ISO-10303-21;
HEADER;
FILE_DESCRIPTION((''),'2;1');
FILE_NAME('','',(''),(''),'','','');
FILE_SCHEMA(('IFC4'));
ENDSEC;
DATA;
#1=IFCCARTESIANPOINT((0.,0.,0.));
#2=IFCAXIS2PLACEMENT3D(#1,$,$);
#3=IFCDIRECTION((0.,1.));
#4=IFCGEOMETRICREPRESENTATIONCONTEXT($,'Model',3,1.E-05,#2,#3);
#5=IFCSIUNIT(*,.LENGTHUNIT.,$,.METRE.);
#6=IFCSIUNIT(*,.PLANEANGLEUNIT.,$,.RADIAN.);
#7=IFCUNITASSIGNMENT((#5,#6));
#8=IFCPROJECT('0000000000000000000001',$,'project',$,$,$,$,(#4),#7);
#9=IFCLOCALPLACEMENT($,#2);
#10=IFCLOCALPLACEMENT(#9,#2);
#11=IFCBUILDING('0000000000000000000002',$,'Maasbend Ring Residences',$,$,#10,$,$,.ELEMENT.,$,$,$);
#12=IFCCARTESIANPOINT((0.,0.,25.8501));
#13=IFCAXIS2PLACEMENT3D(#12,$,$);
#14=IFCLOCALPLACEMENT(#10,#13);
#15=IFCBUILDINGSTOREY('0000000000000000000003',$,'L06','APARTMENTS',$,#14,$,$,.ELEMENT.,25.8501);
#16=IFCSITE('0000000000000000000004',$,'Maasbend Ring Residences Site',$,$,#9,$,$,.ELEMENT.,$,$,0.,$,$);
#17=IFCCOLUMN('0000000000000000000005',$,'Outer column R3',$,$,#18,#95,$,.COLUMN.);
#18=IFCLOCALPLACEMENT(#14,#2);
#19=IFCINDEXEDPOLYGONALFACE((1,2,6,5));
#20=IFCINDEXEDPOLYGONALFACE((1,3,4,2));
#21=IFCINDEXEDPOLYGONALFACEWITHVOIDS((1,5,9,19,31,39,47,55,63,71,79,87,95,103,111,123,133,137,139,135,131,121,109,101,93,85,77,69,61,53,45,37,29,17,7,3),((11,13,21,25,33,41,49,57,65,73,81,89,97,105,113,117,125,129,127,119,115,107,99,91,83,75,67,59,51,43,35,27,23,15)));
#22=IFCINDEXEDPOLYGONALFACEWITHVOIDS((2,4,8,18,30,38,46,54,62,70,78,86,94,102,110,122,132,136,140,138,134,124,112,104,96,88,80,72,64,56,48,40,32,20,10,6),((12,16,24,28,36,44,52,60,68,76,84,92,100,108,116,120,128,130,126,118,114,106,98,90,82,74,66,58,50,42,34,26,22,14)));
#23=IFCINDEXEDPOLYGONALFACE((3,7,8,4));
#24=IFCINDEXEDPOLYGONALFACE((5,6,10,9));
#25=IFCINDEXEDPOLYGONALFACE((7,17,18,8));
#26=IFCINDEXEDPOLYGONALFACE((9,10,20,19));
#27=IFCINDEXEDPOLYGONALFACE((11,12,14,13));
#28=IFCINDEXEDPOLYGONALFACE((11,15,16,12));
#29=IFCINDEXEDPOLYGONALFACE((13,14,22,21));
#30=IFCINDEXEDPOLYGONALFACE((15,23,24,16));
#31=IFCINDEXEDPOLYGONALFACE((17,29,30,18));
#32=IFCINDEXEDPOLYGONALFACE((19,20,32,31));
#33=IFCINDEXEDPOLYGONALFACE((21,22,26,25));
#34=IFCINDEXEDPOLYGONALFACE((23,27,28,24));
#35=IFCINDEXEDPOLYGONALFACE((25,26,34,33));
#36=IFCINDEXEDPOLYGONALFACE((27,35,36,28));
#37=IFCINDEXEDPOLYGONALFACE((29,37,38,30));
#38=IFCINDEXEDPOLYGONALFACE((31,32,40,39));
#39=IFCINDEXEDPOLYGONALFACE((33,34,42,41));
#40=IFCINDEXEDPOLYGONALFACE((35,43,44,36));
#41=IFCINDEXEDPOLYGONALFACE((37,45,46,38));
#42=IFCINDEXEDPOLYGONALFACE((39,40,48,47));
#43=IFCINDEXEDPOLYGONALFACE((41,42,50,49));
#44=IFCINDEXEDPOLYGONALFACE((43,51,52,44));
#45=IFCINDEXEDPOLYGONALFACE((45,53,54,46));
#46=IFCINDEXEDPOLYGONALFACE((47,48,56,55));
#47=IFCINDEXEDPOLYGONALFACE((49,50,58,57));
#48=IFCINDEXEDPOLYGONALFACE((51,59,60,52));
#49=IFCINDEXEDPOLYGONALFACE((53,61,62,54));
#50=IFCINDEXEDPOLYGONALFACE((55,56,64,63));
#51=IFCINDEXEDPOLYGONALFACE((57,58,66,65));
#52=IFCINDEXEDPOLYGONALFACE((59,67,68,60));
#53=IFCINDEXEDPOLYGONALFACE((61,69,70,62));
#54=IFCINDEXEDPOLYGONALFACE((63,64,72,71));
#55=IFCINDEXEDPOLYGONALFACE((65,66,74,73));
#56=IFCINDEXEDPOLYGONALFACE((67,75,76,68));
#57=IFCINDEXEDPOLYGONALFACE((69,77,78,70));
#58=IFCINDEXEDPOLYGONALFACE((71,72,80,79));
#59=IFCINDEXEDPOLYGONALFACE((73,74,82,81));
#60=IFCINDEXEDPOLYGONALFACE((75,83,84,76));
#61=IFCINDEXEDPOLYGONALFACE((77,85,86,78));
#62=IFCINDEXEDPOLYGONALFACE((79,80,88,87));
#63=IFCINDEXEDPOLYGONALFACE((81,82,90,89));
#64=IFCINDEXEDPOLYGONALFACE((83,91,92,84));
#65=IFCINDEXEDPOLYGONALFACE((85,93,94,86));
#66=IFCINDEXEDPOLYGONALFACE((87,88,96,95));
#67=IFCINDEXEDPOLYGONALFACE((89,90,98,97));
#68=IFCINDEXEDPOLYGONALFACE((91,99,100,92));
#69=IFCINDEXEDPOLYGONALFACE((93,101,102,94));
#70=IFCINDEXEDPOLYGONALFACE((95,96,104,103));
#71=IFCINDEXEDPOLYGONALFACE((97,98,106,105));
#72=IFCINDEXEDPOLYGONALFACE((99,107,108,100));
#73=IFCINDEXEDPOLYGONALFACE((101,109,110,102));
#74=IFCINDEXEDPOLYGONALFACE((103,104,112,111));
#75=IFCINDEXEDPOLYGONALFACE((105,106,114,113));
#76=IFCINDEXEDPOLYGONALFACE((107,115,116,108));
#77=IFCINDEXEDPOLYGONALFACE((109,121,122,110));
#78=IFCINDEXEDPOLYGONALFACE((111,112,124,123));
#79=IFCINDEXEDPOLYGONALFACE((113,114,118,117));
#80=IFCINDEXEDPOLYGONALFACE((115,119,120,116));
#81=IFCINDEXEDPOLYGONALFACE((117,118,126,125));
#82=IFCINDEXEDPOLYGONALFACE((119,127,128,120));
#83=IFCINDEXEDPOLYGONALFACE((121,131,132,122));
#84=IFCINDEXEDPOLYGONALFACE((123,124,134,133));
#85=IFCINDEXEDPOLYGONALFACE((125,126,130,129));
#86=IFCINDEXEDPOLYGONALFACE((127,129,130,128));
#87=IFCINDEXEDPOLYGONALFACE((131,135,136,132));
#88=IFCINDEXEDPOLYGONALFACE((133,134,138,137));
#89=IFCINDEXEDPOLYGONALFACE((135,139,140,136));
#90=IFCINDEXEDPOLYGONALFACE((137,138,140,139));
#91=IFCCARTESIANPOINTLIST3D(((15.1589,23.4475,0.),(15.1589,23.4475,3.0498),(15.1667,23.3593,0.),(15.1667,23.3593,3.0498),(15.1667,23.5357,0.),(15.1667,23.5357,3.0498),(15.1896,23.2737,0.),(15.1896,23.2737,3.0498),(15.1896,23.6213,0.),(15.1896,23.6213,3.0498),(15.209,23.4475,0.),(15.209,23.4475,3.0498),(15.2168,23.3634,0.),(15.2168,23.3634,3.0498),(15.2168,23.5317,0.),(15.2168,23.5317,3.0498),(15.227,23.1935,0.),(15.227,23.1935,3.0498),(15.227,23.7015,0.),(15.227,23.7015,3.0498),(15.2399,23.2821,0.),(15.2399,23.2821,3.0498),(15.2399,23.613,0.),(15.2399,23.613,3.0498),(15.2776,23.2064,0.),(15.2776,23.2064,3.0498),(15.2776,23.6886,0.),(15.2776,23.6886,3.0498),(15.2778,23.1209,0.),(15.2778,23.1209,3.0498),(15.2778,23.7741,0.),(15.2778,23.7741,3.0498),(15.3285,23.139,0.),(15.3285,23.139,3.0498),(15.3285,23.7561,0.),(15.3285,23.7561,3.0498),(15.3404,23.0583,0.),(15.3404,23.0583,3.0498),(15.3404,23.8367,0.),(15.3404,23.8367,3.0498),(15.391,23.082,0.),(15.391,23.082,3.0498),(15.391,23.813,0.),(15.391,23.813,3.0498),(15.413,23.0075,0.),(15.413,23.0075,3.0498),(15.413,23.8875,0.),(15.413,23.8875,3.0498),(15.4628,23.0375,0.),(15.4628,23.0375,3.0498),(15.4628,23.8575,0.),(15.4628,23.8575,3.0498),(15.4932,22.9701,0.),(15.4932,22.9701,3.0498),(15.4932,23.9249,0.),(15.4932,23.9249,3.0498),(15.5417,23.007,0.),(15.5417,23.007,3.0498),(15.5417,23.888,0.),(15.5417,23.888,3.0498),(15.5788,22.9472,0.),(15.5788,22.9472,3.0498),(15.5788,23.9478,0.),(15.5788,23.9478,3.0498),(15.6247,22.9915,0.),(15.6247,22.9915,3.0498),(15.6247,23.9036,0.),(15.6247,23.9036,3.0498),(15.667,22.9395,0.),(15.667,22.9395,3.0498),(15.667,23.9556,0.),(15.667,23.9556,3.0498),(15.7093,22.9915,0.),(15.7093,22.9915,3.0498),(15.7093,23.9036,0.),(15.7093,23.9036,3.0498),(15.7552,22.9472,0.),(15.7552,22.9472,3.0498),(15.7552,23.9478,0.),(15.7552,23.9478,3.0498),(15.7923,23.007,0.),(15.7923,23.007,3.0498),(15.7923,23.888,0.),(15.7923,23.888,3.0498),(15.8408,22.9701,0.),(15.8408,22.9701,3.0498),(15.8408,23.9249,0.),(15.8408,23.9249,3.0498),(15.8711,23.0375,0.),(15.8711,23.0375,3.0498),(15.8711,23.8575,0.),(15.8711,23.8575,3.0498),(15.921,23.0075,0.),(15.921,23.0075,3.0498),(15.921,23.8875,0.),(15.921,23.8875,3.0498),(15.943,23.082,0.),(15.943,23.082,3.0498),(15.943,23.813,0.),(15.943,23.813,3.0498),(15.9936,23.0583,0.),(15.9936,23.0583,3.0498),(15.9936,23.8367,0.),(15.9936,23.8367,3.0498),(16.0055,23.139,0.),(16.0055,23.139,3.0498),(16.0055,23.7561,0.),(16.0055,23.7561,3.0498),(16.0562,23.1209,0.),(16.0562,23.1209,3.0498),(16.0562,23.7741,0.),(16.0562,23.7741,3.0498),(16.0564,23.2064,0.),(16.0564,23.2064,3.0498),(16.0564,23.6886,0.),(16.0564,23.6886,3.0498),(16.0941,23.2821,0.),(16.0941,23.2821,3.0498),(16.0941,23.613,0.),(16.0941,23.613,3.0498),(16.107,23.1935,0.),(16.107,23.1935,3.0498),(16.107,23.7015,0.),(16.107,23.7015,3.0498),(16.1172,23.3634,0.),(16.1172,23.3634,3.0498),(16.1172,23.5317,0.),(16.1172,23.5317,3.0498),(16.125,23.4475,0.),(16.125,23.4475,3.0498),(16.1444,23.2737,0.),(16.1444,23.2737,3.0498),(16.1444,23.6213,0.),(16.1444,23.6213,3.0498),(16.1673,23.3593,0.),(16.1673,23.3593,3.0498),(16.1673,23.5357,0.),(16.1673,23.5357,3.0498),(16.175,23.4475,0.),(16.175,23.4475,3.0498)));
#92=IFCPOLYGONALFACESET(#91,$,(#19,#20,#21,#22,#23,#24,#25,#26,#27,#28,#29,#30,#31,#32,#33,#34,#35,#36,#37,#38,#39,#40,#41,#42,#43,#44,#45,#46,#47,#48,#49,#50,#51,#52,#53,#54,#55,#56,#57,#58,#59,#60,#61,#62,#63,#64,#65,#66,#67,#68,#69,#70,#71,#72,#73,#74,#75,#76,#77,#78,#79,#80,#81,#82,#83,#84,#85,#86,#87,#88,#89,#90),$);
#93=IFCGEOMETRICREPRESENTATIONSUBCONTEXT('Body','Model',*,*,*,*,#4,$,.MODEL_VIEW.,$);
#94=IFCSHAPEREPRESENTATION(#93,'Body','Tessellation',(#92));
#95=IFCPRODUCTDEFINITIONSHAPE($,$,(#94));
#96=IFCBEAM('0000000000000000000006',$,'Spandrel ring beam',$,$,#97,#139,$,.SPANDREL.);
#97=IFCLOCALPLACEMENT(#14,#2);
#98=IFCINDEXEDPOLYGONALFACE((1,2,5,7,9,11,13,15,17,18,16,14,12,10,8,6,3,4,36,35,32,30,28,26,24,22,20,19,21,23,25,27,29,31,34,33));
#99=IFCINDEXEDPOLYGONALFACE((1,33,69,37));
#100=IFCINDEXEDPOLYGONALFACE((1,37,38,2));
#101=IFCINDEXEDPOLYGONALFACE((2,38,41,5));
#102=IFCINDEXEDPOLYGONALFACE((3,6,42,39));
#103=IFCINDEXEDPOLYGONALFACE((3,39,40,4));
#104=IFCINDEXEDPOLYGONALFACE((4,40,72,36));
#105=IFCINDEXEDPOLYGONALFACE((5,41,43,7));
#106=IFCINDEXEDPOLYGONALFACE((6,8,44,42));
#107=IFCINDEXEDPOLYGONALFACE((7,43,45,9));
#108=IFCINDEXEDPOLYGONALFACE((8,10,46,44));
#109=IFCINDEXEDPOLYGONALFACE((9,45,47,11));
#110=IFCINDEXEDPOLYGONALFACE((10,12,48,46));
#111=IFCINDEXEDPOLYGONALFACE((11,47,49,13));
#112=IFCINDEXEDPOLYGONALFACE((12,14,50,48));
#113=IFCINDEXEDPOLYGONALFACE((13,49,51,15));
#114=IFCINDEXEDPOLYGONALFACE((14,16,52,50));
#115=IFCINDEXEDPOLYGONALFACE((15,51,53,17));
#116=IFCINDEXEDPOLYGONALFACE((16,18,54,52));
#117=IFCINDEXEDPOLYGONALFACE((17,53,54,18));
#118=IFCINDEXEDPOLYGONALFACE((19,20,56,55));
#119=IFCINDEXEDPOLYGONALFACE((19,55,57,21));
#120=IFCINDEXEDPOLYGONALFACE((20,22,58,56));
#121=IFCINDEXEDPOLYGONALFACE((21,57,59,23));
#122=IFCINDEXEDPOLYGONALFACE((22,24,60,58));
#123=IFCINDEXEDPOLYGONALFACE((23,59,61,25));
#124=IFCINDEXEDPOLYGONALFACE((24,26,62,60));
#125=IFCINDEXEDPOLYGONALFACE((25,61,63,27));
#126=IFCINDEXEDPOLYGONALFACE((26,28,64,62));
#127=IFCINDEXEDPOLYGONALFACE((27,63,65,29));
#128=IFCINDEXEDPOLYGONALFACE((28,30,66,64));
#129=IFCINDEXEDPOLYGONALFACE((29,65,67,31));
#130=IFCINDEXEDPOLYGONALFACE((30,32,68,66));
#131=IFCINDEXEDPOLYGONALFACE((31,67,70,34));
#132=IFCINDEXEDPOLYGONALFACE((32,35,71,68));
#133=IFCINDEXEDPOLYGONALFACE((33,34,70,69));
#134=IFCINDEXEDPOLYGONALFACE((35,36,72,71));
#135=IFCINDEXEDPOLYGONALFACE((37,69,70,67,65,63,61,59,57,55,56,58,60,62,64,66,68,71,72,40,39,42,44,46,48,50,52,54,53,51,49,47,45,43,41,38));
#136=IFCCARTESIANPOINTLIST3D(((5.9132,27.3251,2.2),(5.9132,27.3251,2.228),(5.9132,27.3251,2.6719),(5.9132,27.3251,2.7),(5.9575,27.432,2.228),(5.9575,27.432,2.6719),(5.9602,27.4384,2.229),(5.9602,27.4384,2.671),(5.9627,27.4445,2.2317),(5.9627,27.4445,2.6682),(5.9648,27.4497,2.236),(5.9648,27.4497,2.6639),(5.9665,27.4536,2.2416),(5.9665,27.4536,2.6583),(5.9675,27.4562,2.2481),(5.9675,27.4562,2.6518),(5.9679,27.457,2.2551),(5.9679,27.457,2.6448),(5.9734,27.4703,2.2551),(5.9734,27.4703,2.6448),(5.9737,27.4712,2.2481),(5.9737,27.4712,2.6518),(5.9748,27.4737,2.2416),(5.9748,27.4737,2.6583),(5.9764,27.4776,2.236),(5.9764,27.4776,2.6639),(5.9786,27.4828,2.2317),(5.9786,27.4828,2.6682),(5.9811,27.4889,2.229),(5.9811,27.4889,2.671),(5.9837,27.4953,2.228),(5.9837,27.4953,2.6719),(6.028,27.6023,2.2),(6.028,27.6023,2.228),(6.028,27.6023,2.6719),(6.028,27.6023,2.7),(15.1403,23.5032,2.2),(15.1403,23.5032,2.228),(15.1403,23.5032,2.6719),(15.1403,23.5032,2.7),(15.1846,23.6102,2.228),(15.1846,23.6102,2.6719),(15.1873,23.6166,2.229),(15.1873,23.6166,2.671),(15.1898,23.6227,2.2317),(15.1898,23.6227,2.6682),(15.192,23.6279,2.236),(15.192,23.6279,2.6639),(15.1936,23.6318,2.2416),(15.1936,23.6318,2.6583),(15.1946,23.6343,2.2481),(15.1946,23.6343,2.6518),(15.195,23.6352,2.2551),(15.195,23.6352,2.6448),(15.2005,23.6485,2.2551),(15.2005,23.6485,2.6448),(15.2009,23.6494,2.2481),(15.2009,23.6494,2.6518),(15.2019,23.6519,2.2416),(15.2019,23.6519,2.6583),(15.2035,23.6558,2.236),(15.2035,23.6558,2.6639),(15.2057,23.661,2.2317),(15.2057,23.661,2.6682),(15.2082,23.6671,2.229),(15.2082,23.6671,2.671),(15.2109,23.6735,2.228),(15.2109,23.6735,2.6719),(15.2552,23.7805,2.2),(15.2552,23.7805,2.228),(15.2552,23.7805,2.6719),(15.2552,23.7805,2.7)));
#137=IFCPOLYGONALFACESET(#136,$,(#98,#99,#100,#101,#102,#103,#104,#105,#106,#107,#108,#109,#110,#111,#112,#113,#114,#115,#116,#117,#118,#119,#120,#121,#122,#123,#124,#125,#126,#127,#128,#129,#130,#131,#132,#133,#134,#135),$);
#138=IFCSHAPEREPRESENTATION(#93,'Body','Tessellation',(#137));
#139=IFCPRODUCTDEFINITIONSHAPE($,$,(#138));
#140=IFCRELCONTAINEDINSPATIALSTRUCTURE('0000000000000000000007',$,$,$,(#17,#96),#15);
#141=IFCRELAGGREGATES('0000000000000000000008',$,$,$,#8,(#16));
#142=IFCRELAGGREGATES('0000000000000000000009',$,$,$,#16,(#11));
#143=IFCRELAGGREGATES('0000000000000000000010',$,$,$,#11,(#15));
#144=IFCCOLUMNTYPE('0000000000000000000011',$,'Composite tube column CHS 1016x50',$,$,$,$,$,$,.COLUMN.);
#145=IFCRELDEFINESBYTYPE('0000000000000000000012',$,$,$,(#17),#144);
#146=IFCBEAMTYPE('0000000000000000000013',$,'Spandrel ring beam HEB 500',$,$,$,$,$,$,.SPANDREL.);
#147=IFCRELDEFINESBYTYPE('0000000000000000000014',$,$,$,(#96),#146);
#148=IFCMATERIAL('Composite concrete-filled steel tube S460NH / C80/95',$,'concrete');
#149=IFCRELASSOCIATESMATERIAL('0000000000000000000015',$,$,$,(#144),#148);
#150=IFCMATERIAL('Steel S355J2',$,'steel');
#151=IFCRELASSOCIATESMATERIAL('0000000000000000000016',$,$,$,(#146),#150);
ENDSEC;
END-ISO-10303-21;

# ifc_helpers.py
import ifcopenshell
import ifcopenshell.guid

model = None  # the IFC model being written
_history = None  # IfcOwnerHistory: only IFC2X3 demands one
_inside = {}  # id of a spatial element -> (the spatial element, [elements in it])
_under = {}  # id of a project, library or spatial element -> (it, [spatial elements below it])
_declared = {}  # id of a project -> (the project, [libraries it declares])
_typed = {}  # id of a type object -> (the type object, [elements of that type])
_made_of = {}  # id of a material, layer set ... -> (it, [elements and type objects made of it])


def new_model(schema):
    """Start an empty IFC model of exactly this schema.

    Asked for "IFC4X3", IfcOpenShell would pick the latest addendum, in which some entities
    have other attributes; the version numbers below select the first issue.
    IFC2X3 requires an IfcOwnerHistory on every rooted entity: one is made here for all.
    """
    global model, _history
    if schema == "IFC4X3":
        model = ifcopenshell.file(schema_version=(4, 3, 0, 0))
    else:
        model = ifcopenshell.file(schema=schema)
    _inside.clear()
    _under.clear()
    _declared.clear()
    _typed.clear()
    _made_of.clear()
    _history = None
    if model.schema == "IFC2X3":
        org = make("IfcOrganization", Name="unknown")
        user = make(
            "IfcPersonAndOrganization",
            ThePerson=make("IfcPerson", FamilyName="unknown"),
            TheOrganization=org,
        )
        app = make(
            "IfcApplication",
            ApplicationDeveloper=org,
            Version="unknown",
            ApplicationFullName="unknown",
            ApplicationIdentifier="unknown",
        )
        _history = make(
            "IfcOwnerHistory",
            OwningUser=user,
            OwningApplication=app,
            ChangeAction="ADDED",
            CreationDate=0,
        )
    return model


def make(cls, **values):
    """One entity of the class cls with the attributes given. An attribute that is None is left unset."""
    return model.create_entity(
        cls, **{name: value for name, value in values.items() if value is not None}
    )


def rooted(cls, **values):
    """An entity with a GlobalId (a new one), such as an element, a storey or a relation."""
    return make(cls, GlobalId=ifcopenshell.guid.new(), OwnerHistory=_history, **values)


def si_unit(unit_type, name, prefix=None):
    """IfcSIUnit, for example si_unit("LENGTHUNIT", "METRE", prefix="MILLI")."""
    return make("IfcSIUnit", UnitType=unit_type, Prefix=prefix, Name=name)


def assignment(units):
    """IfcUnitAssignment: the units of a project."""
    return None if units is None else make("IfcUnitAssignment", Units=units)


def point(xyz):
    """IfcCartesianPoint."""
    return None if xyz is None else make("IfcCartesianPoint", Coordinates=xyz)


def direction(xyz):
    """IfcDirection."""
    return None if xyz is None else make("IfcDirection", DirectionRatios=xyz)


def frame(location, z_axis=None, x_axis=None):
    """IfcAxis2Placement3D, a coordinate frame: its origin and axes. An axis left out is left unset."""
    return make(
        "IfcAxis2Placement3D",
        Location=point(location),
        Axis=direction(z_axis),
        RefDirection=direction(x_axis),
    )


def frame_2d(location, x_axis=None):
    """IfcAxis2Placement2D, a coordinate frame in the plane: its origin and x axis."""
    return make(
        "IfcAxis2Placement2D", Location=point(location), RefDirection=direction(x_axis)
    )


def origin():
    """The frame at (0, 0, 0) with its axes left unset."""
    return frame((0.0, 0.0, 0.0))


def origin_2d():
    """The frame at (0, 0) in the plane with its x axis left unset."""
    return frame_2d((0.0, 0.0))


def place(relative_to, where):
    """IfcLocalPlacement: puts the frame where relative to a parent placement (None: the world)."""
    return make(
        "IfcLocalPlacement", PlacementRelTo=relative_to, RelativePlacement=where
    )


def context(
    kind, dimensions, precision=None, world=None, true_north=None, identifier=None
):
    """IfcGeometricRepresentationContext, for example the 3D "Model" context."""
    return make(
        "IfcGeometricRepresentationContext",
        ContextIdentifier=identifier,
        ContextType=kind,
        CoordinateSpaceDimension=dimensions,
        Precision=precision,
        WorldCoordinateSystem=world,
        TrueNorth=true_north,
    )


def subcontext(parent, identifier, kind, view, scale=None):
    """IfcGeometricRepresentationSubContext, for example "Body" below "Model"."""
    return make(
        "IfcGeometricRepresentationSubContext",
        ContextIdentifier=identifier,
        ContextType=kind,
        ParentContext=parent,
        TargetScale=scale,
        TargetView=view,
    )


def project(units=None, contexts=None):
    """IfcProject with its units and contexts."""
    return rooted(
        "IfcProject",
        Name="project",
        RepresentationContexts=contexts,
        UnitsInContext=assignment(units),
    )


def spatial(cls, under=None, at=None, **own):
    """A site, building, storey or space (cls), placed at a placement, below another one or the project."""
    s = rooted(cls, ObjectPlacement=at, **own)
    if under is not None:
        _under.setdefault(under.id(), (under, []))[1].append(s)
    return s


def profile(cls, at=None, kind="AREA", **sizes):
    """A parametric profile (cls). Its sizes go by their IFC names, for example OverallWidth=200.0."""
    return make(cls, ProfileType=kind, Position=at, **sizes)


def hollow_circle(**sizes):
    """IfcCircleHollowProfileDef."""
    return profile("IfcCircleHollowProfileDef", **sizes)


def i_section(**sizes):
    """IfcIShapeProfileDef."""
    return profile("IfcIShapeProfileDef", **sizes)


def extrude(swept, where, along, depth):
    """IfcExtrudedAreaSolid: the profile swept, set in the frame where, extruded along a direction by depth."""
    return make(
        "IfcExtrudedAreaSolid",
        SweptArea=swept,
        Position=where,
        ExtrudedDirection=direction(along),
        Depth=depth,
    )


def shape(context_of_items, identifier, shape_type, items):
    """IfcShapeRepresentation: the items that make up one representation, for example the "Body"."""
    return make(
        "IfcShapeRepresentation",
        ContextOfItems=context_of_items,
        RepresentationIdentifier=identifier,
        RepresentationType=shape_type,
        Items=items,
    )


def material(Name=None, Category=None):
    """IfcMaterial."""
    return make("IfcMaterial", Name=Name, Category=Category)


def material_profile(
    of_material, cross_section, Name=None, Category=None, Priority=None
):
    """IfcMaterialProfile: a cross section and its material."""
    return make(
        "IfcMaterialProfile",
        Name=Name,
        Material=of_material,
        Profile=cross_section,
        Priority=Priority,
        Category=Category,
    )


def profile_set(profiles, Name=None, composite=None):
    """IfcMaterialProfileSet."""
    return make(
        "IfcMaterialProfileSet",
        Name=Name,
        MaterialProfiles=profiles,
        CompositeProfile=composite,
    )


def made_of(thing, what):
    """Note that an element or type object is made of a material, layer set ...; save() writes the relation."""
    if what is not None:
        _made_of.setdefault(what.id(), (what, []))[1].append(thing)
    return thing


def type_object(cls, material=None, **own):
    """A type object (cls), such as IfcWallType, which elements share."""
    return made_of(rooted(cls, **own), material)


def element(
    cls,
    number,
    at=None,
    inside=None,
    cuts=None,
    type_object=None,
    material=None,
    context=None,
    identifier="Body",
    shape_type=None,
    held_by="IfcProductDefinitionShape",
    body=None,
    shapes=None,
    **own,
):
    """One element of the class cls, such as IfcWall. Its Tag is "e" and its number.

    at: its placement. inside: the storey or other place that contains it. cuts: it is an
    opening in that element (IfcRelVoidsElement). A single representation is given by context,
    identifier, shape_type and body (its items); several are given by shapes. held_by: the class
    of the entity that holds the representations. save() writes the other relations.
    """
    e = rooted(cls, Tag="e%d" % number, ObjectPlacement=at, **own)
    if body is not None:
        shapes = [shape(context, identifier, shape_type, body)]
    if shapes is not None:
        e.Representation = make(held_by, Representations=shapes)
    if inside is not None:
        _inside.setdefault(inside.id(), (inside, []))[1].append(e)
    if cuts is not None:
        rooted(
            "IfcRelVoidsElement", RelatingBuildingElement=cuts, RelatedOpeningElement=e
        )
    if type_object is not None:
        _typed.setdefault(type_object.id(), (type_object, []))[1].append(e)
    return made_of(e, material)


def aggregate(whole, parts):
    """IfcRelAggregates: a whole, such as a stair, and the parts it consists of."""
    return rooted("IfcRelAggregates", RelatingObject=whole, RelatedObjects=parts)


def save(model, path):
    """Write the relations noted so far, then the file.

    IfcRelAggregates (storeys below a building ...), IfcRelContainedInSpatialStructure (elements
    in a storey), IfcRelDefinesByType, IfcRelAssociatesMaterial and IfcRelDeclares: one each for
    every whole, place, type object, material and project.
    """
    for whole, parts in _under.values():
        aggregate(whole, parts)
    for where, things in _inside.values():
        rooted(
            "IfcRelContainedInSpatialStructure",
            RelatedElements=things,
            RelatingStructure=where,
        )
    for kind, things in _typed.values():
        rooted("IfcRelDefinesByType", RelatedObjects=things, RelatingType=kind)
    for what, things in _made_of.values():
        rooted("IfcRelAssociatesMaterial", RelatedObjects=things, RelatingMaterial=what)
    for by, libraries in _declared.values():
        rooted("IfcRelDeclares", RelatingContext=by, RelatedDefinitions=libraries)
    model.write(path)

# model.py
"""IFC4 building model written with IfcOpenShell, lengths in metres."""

from ifc_helpers import new_model, si_unit, direction, frame, origin, origin_2d, place, context, subcontext, project, spatial, hollow_circle, i_section, extrude, material, material_profile, profile_set, type_object, element, save


model = new_model("IFC4")

# Units and contexts
model_context = context("Model", 3, precision=1e-05, world=origin(), true_north=direction((0.0, 1.0)))
body_context = subcontext(model_context, "Body", "Model", "MODEL_VIEW")
ifc_project = project(units=[si_unit("LENGTHUNIT", "METRE"), si_unit("PLANEANGLEUNIT", "RADIAN")], contexts=[model_context])

# Site, building, storey
site_placement = place(None, origin())
site = spatial("IfcSite", under=ifc_project, at=site_placement, Name="Maasbend Ring Residences Site", CompositionType="ELEMENT", RefElevation=0.0)
building_placement = place(site_placement, origin())
building = spatial("IfcBuilding", under=site, at=building_placement, Name="Maasbend Ring Residences", CompositionType="ELEMENT")
storey_placement = place(building_placement, frame((0.0, 0.0, 25.8501)))
storey = spatial("IfcBuildingStorey", under=building, at=storey_placement, Name="L06", Description="APARTMENTS", CompositionType="ELEMENT", Elevation=25.8501)

# Column
ifc_material_1 = material(Name="Composite concrete-filled steel tube S460NH / C80/95", Category="concrete")
ifc_material_profile_1 = material_profile(ifc_material_1, hollow_circle(Radius=0.5081, WallThickness=0.05, at=origin_2d()), Name="Composite tube column CHS 1016x50")
ifc_profile_set_1 = profile_set([ifc_material_profile_1], Name="Composite concrete-filled steel tube S460NH / C80/95")
column_type = type_object("IfcColumnType", Name="Composite tube column CHS 1016x50", PredefinedType="COLUMN", material=ifc_profile_set_1)
column_placement = place(storey_placement, frame((15.667, 23.4475, 0.0), z_axis=(0.0, 0.0, 1.0), x_axis=(1.0, 0.0, 0.0)))
element("IfcColumn", 1, at=column_placement, inside=storey, type_object=column_type, Name="Outer column R3", PredefinedType="COLUMN", context=body_context, shape_type="SweptSolid", body=[
    extrude(hollow_circle(Radius=0.5081, WallThickness=0.05, at=origin_2d()), origin(), (0.0, 0.0, 1.0), 3.0498),
])

# Beam
ifc_material_2 = material(Name="Steel S355J2", Category="steel")
ifc_material_profile_2 = material_profile(ifc_material_2, i_section(OverallWidth=0.3, OverallDepth=0.5, WebThickness=0.0144, FlangeThickness=0.0281, FilletRadius=0.0271, at=origin_2d()), Name="HEB 500")
ifc_profile_set_2 = profile_set([ifc_material_profile_2], Name="Steel S355J2")
beam_type = type_object("IfcBeamType", Name="Spandrel ring beam HEB 500", PredefinedType="SPANDREL", material=ifc_profile_set_2)
beam_placement = place(storey_placement, frame((15.1978, 23.6418, 2.45), z_axis=(-0.923886, 0.382667, 0.0), x_axis=(-0.382667, -0.923886, 0.0)))
element("IfcBeam", 2, at=beam_placement, inside=storey, type_object=beam_type, Name="Spandrel ring beam", PredefinedType="SPANDREL", context=body_context, shape_type="SweptSolid", body=[
    extrude(i_section(OverallWidth=0.3, OverallDepth=0.5, WebThickness=0.0144, FlangeThickness=0.0281, FilletRadius=0.0271, at=origin_2d()), origin(), (0.0, 0.0, 1.0), 9.9873),
])

save(model, "model.ifc")
